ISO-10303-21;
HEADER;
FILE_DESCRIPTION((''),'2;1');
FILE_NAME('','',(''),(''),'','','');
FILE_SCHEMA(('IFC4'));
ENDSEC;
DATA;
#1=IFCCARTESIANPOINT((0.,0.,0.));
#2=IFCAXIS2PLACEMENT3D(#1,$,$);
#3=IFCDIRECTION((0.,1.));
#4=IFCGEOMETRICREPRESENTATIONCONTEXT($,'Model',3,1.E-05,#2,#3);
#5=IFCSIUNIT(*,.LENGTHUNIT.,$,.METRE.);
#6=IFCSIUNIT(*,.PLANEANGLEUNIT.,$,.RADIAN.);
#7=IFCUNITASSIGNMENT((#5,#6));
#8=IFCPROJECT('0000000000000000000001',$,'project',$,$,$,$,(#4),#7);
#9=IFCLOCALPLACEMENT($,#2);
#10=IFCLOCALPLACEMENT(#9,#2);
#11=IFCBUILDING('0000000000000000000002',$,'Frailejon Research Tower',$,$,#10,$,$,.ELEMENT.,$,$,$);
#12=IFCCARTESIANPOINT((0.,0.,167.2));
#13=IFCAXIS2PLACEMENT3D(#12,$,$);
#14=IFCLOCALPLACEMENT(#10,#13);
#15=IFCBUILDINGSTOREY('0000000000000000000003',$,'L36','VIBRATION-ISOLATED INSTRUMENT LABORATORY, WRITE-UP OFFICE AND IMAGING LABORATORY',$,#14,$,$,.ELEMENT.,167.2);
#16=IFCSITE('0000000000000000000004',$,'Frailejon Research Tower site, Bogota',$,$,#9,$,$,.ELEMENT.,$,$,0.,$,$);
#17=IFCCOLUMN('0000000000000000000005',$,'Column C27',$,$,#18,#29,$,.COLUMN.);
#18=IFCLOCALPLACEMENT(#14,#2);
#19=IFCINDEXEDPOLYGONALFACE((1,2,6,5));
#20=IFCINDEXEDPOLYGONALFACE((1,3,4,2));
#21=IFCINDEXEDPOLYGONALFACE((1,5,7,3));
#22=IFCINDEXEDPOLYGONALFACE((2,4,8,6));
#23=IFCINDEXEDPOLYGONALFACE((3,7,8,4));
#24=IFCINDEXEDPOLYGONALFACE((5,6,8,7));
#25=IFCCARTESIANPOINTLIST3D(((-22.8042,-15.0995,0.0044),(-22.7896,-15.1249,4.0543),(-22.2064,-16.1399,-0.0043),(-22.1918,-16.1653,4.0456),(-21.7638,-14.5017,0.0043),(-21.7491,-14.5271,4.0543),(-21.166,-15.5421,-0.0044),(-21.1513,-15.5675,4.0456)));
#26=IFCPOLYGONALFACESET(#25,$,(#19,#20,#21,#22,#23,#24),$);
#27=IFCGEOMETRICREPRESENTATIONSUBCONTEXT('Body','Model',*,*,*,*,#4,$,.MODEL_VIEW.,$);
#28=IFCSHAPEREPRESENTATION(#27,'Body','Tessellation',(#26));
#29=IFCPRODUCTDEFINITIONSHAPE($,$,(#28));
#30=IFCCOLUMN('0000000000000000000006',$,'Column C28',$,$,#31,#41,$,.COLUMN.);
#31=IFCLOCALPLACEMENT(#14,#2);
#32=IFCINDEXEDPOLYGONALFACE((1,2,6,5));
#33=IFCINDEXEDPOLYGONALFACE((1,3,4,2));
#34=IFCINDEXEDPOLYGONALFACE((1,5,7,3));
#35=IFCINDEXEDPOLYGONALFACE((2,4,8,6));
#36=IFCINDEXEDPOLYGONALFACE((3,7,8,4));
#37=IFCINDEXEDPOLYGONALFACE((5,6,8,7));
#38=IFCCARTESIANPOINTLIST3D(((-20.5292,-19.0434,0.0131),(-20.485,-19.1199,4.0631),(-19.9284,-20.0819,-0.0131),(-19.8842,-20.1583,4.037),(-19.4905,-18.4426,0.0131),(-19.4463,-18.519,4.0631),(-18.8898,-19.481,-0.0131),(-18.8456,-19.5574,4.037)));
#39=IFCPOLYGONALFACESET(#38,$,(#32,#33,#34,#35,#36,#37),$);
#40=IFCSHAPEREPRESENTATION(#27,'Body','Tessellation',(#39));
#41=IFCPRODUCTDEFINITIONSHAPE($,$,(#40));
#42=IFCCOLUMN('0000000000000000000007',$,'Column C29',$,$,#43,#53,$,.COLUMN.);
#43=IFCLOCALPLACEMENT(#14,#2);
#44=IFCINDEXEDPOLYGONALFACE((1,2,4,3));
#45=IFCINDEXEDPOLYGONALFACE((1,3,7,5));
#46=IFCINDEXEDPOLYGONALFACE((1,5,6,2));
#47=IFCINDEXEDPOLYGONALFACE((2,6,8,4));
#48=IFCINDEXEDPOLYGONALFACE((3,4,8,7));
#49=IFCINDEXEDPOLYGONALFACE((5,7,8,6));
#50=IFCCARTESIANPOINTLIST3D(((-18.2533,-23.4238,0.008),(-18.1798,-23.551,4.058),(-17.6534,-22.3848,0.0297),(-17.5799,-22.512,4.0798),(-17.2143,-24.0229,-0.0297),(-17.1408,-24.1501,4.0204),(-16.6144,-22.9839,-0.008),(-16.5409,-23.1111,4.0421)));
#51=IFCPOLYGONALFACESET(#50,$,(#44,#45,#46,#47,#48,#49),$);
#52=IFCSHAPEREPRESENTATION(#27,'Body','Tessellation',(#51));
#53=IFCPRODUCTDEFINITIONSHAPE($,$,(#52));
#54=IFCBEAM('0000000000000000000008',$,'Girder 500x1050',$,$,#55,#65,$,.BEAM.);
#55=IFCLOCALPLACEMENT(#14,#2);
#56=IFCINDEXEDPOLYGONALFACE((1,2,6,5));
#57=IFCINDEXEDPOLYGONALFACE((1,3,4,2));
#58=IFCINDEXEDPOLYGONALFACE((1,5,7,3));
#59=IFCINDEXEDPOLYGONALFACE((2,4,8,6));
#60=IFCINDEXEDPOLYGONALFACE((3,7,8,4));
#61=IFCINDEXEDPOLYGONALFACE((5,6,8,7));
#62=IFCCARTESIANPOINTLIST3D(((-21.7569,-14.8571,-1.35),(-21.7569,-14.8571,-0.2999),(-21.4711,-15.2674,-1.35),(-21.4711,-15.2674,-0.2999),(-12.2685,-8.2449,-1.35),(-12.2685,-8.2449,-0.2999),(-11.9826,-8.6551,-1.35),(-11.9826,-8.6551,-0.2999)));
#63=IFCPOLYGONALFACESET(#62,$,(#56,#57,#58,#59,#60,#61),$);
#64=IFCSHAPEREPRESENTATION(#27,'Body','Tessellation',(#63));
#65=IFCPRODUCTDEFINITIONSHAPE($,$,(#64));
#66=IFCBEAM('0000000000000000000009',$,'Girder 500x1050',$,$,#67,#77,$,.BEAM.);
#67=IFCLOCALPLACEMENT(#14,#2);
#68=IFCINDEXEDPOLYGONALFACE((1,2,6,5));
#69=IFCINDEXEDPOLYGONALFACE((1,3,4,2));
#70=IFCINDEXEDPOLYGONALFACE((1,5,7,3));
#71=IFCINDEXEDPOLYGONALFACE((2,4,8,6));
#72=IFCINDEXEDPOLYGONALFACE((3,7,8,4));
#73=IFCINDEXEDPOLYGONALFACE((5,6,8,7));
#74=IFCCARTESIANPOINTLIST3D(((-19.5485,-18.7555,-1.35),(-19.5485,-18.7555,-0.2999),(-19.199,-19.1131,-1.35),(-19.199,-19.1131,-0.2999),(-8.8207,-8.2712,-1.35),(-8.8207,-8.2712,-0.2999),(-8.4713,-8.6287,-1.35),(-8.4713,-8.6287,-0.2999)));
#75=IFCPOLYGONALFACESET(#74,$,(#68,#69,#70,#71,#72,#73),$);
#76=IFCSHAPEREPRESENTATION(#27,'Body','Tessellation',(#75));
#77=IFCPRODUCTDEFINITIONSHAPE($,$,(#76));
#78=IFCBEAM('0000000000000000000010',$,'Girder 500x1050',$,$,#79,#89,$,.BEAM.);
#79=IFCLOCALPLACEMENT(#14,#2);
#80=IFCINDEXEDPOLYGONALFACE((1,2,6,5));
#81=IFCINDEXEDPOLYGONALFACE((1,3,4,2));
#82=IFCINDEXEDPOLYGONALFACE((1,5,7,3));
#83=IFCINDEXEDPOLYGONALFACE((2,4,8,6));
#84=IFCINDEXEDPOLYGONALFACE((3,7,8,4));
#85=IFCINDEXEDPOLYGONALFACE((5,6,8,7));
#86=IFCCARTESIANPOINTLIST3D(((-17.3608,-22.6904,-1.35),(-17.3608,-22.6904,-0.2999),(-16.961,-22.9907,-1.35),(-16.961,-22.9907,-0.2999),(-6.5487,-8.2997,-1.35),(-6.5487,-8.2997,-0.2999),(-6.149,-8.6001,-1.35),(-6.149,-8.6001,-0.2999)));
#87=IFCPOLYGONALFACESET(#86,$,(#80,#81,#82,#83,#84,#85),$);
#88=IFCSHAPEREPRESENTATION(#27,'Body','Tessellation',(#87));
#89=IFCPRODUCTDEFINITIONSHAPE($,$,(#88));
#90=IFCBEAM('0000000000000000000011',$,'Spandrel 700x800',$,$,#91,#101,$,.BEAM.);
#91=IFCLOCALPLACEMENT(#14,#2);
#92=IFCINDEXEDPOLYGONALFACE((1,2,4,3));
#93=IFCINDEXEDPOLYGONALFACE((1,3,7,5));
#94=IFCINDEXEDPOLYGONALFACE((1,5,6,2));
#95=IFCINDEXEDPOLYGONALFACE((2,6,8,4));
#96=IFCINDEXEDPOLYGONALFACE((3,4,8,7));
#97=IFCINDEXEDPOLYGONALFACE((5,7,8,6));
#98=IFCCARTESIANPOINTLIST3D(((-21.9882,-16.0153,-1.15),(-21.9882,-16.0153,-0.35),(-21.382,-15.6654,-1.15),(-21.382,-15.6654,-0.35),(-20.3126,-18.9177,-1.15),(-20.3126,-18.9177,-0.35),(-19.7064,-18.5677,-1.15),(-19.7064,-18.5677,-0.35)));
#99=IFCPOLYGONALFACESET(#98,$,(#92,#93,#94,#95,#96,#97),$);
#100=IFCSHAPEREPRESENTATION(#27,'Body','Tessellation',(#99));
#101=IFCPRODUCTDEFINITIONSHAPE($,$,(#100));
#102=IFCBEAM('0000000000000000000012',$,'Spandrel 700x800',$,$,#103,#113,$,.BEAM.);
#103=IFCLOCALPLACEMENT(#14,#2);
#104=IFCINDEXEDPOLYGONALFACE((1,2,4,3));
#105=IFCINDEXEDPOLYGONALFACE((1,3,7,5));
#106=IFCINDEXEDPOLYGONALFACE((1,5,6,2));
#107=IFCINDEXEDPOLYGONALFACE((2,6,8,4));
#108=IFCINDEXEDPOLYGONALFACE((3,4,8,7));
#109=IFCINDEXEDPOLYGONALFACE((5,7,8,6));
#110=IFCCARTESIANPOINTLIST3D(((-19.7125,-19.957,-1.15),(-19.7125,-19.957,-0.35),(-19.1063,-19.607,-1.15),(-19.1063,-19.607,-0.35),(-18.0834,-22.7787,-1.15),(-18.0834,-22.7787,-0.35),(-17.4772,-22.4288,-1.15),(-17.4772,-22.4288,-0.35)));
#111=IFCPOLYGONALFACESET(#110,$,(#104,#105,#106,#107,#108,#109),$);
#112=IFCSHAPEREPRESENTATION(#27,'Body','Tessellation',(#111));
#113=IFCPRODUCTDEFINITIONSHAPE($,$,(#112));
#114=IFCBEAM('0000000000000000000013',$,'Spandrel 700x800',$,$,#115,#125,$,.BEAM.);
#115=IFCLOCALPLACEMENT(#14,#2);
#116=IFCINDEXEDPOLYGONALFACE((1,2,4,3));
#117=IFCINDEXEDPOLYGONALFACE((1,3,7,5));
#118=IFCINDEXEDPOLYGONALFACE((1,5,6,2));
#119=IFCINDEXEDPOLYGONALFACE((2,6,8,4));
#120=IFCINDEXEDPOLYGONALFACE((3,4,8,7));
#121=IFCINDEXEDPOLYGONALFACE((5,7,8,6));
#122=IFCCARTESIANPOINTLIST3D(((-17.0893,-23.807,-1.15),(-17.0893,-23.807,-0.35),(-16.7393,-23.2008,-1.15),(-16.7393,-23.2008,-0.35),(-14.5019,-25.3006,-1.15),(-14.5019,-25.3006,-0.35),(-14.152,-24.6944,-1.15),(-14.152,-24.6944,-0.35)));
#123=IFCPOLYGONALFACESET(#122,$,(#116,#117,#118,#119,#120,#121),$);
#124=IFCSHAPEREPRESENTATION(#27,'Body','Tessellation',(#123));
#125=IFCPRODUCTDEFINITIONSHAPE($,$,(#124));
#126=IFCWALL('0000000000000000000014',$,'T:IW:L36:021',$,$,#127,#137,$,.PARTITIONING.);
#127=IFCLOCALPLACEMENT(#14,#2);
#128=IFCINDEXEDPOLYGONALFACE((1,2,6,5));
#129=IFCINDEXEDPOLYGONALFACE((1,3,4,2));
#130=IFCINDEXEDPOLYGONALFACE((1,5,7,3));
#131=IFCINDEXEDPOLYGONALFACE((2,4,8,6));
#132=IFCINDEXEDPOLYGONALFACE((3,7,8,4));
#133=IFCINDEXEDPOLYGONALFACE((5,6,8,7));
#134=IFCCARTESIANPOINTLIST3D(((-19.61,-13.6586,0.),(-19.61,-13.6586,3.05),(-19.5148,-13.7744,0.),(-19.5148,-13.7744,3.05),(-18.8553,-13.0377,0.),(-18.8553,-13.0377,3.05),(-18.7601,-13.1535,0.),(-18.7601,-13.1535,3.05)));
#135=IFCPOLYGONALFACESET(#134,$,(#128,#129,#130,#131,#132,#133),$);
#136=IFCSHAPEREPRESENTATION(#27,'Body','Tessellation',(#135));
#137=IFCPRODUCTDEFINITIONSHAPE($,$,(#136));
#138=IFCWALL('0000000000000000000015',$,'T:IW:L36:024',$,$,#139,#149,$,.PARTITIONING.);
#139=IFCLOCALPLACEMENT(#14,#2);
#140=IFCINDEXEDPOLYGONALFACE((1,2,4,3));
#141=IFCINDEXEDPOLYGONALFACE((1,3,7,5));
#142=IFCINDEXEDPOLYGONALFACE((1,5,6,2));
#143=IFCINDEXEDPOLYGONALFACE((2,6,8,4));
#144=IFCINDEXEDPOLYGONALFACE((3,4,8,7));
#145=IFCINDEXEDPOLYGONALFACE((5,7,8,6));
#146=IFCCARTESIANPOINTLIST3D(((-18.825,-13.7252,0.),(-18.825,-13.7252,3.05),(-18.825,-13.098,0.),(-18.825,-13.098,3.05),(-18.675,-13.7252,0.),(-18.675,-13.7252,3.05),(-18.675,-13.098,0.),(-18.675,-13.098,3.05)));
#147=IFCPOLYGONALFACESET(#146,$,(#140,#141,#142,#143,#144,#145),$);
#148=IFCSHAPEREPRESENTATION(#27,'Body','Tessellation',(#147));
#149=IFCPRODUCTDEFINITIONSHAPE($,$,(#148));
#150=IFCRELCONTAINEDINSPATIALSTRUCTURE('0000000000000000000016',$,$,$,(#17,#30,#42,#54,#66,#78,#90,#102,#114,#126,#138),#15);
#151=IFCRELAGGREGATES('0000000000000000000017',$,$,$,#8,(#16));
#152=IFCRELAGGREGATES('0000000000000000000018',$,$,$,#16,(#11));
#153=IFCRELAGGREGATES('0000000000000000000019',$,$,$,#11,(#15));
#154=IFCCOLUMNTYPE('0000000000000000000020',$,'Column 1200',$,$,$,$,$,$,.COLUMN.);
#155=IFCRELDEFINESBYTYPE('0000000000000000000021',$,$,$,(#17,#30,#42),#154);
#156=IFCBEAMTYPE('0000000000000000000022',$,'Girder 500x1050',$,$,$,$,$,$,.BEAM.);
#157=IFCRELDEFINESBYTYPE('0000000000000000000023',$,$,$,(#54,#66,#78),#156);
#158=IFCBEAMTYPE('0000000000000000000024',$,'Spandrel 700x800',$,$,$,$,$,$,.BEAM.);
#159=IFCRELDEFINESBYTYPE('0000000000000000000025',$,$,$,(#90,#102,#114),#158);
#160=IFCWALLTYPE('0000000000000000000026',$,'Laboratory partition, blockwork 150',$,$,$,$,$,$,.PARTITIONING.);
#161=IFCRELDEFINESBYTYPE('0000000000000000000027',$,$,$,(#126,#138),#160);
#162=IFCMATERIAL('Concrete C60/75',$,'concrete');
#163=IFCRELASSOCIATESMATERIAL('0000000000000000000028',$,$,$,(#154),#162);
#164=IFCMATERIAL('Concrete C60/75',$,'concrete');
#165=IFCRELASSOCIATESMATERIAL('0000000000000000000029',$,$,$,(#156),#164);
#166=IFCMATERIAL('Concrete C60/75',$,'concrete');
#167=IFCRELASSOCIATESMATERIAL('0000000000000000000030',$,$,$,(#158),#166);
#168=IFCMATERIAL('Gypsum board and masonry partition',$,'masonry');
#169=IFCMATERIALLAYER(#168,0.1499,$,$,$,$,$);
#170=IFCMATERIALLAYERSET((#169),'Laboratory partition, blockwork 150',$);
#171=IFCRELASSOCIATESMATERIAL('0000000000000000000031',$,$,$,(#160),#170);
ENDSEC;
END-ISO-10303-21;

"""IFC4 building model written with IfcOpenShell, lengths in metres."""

from ifc_helpers import new_model, si_unit, direction, frame, frame_2d, origin, origin_2d, place, context, subcontext, project, spatial, rectangle, extrude, material, layer, layer_set, material_profile, profile_set, type_object, element, save


model = new_model("IFC4")

# Units and contexts
model_context = context("Model", 3, precision=1e-05, world=origin(), true_north=direction((0.0, 1.0)))
body_context = subcontext(model_context, "Body", "Model", "MODEL_VIEW")
ifc_project = project(units=[si_unit("LENGTHUNIT", "METRE"), si_unit("PLANEANGLEUNIT", "RADIAN")], contexts=[model_context])

# Site, building, storey
site_placement = place(None, origin())
site = spatial("IfcSite", under=ifc_project, at=site_placement, Name="Frailejon Research Tower site, Bogota", CompositionType="ELEMENT", RefElevation=0.0)
building_placement = place(site_placement, origin())
building = spatial("IfcBuilding", under=site, at=building_placement, Name="Frailejon Research Tower", CompositionType="ELEMENT")
storey_placement = place(building_placement, frame((0.0, 0.0, 167.2)))
storey = spatial("IfcBuildingStorey", under=building, at=storey_placement, Name="L36", Description="VIBRATION-ISOLATED INSTRUMENT LABORATORY, WRITE-UP OFFICE AND IMAGING LABORATORY", CompositionType="ELEMENT", Elevation=167.2)

# Columns
ifc_material_1 = material(Name="Concrete C60/75", Category="concrete")
ifc_material_profile_1 = material_profile(ifc_material_1, rectangle(XDim=1.2, YDim=1.2, at=origin_2d()), Name="Column 1200")
ifc_profile_set_1 = profile_set([ifc_material_profile_1], Name="Concrete C60/75")
column_type = type_object("IfcColumnType", Name="Column 1200", PredefinedType="COLUMN", material=ifc_profile_set_1)
column_1_placement = place(storey_placement, frame((-21.9851, -15.3208, 0.0), z_axis=(0.003617, -0.006269, 0.999974), x_axis=(0.498177, -0.867045, -0.007238)))
element("IfcColumn", 1, at=column_1_placement, inside=storey, type_object=column_type, Name="Column C27", PredefinedType="COLUMN", context=body_context, shape_type="SweptSolid", body=[
    extrude(rectangle(XDim=1.2, YDim=1.2, at=origin_2d()), origin(), (0.0, 0.0, 1.0), 4.05),
])
column_2_placement = place(storey_placement, frame((-19.7095, -19.2622, 0.0), z_axis=(0.010908, -0.018863, 0.999763), x_axis=(0.500638, -0.865382, -0.02179)))
element("IfcColumn", 2, at=column_2_placement, inside=storey, type_object=column_type, Name="Column C28", PredefinedType="COLUMN", context=body_context, shape_type="SweptSolid", body=[
    extrude(rectangle(XDim=1.2, YDim=1.2, at=origin_2d()), origin(), (0.0, 0.0, 1.0), 4.051),
])
column_3_placement = place(storey_placement, frame((-17.4338, -23.2039, 0.0), z_axis=(0.018133, -0.031386, 0.999343), x_axis=(0.865885, -0.499257, -0.031391)))
element("IfcColumn", 3, at=column_3_placement, inside=storey, type_object=column_type, Name="Column C29", PredefinedType="COLUMN", context=body_context, shape_type="SweptSolid", body=[
    extrude(rectangle(XDim=1.2, YDim=1.2, at=origin_2d()), origin(), (0.0, 0.0, 1.0), 4.0527),
])

# Beams
ifc_material_2 = material(Name="Concrete C60/75", Category="concrete")
ifc_material_profile_2 = material_profile(ifc_material_2, rectangle(XDim=0.5, YDim=1.05, at=origin_2d()), Name="Girder 500x1050")
ifc_profile_set_2 = profile_set([ifc_material_profile_2], Name="Concrete C60/75")
beam_type_1 = type_object("IfcBeamType", Name="Girder 500x1050", PredefinedType="BEAM", material=ifc_profile_set_2)
beam_1_placement = place(storey_placement, frame((-21.614, -15.0623, -0.825), z_axis=(0.820435, 0.57174, 0.0), x_axis=(-0.57174, 0.820435, 0.0)))
element("IfcBeam", 4, at=beam_1_placement, inside=storey, type_object=beam_type_1, Name="Girder 500x1050", PredefinedType="BEAM", context=body_context, shape_type="SweptSolid", body=[
    extrude(rectangle(XDim=0.5, YDim=1.05, at=origin_2d()), origin(), (0.0, 0.0, 1.0), 11.5652),
])
beam_2_placement = place(storey_placement, frame((-19.3738, -18.9343, -0.825), z_axis=(0.715174, 0.698947, 0.0), x_axis=(-0.698947, 0.715174, 0.0)))
element("IfcBeam", 5, at=beam_2_placement, inside=storey, type_object=beam_type_1, Name="Girder 500x1050", PredefinedType="BEAM", context=body_context, shape_type="SweptSolid", body=[
    extrude(rectangle(XDim=0.5, YDim=1.05, at=origin_2d()), origin(), (0.0, 0.0, 1.0), 15.0002),
])
beam_3_placement = place(storey_placement, frame((-17.1609, -22.8406, -0.825), z_axis=(0.600677, 0.799492, 0.0), x_axis=(-0.799492, 0.600677, 0.0)))
element("IfcBeam", 6, at=beam_3_placement, inside=storey, type_object=beam_type_1, Name="Girder 500x1050", PredefinedType="BEAM", context=body_context, shape_type="SweptSolid", body=[
    extrude(rectangle(XDim=0.5, YDim=1.05, at=origin_2d()), origin(), (0.0, 0.0, 1.0), 17.9998),
])
ifc_material_3 = material(Name="Concrete C60/75", Category="concrete")
ifc_material_profile_3 = material_profile(ifc_material_3, rectangle(XDim=0.7, YDim=0.8, at=origin_2d()), Name="Spandrel 700x800")
ifc_profile_set_3 = profile_set([ifc_material_profile_3], Name="Concrete C60/75")
beam_type_2 = type_object("IfcBeamType", Name="Spandrel 700x800", PredefinedType="BEAM", material=ifc_profile_set_3)
beam_4_placement = place(storey_placement, frame((-21.6851, -15.8403, -0.75), z_axis=(0.49997, -0.866042, 0.0), x_axis=(0.866042, 0.49997, 0.0)))
element("IfcBeam", 7, at=beam_4_placement, inside=storey, type_object=beam_type_2, Name="Spandrel 700x800", PredefinedType="BEAM", context=body_context, shape_type="SweptSolid", body=[
    extrude(rectangle(XDim=0.7, YDim=0.8, at=origin_2d()), origin(), (0.0, 0.0, 1.0), 3.3513),
])
beam_5_placement = place(storey_placement, frame((-19.4094, -19.782, -0.75), z_axis=(0.499999, -0.866026, 0.0), x_axis=(0.866026, 0.499999, 0.0)))
element("IfcBeam", 8, at=beam_5_placement, inside=storey, type_object=beam_type_2, Name="Spandrel 700x800", PredefinedType="BEAM", context=body_context, shape_type="SweptSolid", body=[
    extrude(rectangle(XDim=0.7, YDim=0.8, at=origin_2d()), origin(), (0.0, 0.0, 1.0), 3.2583),
])
beam_6_placement = place(storey_placement, frame((-16.9143, -23.5039, -0.75), z_axis=(0.866052, -0.499954, 0.0), x_axis=(0.499954, 0.866052, 0.0)))
element("IfcBeam", 9, at=beam_6_placement, inside=storey, type_object=beam_type_2, Name="Spandrel 700x800", PredefinedType="BEAM", context=body_context, shape_type="SweptSolid", body=[
    extrude(rectangle(XDim=0.7, YDim=0.8, at=origin_2d()), origin(), (0.0, 0.0, 1.0), 2.9875),
])

# Walls
ifc_material_4 = material(Name="Gypsum board and masonry partition", Category="masonry")
ifc_layer_1 = layer(ifc_material_4, 0.1499)
ifc_layer_set_1 = layer_set([ifc_layer_1], Name="Laboratory partition, blockwork 150")
wall_type_1 = type_object("IfcWallType", Name="Laboratory partition, blockwork 150", PredefinedType="PARTITIONING", material=ifc_layer_set_1)
wall_1_placement = place(storey_placement, frame((-19.5625, -13.7166, 0.0), z_axis=(0.0, 0.0, 1.0), x_axis=(0.77224, 0.635331, 0.0)))
element("IfcWall", 10, at=wall_1_placement, inside=storey, type_object=wall_type_1, Name="T:IW:L36:021", PredefinedType="PARTITIONING", context=body_context, shape_type="SweptSolid", body=[
    extrude(rectangle(XDim=0.9773, YDim=0.1499, at=frame_2d((0.4888, 0.0))), origin(), (0.0, 0.0, 1.0), 3.05),
])
wall_2_placement = place(storey_placement, frame((-18.75, -13.7251, 0.0), z_axis=(0.0, 0.0, 1.0), x_axis=(0.0, 1.0, 0.0)))
element("IfcWall", 11, at=wall_2_placement, inside=storey, type_object=wall_type_1, Name="T:IW:L36:024", PredefinedType="PARTITIONING", context=body_context, shape_type="SweptSolid", body=[
    extrude(rectangle(XDim=0.6272, YDim=0.1499, at=frame_2d((0.3135, 0.0))), origin(), (0.0, 0.0, 1.0), 3.05),
])

save(model, "model.ifc")
